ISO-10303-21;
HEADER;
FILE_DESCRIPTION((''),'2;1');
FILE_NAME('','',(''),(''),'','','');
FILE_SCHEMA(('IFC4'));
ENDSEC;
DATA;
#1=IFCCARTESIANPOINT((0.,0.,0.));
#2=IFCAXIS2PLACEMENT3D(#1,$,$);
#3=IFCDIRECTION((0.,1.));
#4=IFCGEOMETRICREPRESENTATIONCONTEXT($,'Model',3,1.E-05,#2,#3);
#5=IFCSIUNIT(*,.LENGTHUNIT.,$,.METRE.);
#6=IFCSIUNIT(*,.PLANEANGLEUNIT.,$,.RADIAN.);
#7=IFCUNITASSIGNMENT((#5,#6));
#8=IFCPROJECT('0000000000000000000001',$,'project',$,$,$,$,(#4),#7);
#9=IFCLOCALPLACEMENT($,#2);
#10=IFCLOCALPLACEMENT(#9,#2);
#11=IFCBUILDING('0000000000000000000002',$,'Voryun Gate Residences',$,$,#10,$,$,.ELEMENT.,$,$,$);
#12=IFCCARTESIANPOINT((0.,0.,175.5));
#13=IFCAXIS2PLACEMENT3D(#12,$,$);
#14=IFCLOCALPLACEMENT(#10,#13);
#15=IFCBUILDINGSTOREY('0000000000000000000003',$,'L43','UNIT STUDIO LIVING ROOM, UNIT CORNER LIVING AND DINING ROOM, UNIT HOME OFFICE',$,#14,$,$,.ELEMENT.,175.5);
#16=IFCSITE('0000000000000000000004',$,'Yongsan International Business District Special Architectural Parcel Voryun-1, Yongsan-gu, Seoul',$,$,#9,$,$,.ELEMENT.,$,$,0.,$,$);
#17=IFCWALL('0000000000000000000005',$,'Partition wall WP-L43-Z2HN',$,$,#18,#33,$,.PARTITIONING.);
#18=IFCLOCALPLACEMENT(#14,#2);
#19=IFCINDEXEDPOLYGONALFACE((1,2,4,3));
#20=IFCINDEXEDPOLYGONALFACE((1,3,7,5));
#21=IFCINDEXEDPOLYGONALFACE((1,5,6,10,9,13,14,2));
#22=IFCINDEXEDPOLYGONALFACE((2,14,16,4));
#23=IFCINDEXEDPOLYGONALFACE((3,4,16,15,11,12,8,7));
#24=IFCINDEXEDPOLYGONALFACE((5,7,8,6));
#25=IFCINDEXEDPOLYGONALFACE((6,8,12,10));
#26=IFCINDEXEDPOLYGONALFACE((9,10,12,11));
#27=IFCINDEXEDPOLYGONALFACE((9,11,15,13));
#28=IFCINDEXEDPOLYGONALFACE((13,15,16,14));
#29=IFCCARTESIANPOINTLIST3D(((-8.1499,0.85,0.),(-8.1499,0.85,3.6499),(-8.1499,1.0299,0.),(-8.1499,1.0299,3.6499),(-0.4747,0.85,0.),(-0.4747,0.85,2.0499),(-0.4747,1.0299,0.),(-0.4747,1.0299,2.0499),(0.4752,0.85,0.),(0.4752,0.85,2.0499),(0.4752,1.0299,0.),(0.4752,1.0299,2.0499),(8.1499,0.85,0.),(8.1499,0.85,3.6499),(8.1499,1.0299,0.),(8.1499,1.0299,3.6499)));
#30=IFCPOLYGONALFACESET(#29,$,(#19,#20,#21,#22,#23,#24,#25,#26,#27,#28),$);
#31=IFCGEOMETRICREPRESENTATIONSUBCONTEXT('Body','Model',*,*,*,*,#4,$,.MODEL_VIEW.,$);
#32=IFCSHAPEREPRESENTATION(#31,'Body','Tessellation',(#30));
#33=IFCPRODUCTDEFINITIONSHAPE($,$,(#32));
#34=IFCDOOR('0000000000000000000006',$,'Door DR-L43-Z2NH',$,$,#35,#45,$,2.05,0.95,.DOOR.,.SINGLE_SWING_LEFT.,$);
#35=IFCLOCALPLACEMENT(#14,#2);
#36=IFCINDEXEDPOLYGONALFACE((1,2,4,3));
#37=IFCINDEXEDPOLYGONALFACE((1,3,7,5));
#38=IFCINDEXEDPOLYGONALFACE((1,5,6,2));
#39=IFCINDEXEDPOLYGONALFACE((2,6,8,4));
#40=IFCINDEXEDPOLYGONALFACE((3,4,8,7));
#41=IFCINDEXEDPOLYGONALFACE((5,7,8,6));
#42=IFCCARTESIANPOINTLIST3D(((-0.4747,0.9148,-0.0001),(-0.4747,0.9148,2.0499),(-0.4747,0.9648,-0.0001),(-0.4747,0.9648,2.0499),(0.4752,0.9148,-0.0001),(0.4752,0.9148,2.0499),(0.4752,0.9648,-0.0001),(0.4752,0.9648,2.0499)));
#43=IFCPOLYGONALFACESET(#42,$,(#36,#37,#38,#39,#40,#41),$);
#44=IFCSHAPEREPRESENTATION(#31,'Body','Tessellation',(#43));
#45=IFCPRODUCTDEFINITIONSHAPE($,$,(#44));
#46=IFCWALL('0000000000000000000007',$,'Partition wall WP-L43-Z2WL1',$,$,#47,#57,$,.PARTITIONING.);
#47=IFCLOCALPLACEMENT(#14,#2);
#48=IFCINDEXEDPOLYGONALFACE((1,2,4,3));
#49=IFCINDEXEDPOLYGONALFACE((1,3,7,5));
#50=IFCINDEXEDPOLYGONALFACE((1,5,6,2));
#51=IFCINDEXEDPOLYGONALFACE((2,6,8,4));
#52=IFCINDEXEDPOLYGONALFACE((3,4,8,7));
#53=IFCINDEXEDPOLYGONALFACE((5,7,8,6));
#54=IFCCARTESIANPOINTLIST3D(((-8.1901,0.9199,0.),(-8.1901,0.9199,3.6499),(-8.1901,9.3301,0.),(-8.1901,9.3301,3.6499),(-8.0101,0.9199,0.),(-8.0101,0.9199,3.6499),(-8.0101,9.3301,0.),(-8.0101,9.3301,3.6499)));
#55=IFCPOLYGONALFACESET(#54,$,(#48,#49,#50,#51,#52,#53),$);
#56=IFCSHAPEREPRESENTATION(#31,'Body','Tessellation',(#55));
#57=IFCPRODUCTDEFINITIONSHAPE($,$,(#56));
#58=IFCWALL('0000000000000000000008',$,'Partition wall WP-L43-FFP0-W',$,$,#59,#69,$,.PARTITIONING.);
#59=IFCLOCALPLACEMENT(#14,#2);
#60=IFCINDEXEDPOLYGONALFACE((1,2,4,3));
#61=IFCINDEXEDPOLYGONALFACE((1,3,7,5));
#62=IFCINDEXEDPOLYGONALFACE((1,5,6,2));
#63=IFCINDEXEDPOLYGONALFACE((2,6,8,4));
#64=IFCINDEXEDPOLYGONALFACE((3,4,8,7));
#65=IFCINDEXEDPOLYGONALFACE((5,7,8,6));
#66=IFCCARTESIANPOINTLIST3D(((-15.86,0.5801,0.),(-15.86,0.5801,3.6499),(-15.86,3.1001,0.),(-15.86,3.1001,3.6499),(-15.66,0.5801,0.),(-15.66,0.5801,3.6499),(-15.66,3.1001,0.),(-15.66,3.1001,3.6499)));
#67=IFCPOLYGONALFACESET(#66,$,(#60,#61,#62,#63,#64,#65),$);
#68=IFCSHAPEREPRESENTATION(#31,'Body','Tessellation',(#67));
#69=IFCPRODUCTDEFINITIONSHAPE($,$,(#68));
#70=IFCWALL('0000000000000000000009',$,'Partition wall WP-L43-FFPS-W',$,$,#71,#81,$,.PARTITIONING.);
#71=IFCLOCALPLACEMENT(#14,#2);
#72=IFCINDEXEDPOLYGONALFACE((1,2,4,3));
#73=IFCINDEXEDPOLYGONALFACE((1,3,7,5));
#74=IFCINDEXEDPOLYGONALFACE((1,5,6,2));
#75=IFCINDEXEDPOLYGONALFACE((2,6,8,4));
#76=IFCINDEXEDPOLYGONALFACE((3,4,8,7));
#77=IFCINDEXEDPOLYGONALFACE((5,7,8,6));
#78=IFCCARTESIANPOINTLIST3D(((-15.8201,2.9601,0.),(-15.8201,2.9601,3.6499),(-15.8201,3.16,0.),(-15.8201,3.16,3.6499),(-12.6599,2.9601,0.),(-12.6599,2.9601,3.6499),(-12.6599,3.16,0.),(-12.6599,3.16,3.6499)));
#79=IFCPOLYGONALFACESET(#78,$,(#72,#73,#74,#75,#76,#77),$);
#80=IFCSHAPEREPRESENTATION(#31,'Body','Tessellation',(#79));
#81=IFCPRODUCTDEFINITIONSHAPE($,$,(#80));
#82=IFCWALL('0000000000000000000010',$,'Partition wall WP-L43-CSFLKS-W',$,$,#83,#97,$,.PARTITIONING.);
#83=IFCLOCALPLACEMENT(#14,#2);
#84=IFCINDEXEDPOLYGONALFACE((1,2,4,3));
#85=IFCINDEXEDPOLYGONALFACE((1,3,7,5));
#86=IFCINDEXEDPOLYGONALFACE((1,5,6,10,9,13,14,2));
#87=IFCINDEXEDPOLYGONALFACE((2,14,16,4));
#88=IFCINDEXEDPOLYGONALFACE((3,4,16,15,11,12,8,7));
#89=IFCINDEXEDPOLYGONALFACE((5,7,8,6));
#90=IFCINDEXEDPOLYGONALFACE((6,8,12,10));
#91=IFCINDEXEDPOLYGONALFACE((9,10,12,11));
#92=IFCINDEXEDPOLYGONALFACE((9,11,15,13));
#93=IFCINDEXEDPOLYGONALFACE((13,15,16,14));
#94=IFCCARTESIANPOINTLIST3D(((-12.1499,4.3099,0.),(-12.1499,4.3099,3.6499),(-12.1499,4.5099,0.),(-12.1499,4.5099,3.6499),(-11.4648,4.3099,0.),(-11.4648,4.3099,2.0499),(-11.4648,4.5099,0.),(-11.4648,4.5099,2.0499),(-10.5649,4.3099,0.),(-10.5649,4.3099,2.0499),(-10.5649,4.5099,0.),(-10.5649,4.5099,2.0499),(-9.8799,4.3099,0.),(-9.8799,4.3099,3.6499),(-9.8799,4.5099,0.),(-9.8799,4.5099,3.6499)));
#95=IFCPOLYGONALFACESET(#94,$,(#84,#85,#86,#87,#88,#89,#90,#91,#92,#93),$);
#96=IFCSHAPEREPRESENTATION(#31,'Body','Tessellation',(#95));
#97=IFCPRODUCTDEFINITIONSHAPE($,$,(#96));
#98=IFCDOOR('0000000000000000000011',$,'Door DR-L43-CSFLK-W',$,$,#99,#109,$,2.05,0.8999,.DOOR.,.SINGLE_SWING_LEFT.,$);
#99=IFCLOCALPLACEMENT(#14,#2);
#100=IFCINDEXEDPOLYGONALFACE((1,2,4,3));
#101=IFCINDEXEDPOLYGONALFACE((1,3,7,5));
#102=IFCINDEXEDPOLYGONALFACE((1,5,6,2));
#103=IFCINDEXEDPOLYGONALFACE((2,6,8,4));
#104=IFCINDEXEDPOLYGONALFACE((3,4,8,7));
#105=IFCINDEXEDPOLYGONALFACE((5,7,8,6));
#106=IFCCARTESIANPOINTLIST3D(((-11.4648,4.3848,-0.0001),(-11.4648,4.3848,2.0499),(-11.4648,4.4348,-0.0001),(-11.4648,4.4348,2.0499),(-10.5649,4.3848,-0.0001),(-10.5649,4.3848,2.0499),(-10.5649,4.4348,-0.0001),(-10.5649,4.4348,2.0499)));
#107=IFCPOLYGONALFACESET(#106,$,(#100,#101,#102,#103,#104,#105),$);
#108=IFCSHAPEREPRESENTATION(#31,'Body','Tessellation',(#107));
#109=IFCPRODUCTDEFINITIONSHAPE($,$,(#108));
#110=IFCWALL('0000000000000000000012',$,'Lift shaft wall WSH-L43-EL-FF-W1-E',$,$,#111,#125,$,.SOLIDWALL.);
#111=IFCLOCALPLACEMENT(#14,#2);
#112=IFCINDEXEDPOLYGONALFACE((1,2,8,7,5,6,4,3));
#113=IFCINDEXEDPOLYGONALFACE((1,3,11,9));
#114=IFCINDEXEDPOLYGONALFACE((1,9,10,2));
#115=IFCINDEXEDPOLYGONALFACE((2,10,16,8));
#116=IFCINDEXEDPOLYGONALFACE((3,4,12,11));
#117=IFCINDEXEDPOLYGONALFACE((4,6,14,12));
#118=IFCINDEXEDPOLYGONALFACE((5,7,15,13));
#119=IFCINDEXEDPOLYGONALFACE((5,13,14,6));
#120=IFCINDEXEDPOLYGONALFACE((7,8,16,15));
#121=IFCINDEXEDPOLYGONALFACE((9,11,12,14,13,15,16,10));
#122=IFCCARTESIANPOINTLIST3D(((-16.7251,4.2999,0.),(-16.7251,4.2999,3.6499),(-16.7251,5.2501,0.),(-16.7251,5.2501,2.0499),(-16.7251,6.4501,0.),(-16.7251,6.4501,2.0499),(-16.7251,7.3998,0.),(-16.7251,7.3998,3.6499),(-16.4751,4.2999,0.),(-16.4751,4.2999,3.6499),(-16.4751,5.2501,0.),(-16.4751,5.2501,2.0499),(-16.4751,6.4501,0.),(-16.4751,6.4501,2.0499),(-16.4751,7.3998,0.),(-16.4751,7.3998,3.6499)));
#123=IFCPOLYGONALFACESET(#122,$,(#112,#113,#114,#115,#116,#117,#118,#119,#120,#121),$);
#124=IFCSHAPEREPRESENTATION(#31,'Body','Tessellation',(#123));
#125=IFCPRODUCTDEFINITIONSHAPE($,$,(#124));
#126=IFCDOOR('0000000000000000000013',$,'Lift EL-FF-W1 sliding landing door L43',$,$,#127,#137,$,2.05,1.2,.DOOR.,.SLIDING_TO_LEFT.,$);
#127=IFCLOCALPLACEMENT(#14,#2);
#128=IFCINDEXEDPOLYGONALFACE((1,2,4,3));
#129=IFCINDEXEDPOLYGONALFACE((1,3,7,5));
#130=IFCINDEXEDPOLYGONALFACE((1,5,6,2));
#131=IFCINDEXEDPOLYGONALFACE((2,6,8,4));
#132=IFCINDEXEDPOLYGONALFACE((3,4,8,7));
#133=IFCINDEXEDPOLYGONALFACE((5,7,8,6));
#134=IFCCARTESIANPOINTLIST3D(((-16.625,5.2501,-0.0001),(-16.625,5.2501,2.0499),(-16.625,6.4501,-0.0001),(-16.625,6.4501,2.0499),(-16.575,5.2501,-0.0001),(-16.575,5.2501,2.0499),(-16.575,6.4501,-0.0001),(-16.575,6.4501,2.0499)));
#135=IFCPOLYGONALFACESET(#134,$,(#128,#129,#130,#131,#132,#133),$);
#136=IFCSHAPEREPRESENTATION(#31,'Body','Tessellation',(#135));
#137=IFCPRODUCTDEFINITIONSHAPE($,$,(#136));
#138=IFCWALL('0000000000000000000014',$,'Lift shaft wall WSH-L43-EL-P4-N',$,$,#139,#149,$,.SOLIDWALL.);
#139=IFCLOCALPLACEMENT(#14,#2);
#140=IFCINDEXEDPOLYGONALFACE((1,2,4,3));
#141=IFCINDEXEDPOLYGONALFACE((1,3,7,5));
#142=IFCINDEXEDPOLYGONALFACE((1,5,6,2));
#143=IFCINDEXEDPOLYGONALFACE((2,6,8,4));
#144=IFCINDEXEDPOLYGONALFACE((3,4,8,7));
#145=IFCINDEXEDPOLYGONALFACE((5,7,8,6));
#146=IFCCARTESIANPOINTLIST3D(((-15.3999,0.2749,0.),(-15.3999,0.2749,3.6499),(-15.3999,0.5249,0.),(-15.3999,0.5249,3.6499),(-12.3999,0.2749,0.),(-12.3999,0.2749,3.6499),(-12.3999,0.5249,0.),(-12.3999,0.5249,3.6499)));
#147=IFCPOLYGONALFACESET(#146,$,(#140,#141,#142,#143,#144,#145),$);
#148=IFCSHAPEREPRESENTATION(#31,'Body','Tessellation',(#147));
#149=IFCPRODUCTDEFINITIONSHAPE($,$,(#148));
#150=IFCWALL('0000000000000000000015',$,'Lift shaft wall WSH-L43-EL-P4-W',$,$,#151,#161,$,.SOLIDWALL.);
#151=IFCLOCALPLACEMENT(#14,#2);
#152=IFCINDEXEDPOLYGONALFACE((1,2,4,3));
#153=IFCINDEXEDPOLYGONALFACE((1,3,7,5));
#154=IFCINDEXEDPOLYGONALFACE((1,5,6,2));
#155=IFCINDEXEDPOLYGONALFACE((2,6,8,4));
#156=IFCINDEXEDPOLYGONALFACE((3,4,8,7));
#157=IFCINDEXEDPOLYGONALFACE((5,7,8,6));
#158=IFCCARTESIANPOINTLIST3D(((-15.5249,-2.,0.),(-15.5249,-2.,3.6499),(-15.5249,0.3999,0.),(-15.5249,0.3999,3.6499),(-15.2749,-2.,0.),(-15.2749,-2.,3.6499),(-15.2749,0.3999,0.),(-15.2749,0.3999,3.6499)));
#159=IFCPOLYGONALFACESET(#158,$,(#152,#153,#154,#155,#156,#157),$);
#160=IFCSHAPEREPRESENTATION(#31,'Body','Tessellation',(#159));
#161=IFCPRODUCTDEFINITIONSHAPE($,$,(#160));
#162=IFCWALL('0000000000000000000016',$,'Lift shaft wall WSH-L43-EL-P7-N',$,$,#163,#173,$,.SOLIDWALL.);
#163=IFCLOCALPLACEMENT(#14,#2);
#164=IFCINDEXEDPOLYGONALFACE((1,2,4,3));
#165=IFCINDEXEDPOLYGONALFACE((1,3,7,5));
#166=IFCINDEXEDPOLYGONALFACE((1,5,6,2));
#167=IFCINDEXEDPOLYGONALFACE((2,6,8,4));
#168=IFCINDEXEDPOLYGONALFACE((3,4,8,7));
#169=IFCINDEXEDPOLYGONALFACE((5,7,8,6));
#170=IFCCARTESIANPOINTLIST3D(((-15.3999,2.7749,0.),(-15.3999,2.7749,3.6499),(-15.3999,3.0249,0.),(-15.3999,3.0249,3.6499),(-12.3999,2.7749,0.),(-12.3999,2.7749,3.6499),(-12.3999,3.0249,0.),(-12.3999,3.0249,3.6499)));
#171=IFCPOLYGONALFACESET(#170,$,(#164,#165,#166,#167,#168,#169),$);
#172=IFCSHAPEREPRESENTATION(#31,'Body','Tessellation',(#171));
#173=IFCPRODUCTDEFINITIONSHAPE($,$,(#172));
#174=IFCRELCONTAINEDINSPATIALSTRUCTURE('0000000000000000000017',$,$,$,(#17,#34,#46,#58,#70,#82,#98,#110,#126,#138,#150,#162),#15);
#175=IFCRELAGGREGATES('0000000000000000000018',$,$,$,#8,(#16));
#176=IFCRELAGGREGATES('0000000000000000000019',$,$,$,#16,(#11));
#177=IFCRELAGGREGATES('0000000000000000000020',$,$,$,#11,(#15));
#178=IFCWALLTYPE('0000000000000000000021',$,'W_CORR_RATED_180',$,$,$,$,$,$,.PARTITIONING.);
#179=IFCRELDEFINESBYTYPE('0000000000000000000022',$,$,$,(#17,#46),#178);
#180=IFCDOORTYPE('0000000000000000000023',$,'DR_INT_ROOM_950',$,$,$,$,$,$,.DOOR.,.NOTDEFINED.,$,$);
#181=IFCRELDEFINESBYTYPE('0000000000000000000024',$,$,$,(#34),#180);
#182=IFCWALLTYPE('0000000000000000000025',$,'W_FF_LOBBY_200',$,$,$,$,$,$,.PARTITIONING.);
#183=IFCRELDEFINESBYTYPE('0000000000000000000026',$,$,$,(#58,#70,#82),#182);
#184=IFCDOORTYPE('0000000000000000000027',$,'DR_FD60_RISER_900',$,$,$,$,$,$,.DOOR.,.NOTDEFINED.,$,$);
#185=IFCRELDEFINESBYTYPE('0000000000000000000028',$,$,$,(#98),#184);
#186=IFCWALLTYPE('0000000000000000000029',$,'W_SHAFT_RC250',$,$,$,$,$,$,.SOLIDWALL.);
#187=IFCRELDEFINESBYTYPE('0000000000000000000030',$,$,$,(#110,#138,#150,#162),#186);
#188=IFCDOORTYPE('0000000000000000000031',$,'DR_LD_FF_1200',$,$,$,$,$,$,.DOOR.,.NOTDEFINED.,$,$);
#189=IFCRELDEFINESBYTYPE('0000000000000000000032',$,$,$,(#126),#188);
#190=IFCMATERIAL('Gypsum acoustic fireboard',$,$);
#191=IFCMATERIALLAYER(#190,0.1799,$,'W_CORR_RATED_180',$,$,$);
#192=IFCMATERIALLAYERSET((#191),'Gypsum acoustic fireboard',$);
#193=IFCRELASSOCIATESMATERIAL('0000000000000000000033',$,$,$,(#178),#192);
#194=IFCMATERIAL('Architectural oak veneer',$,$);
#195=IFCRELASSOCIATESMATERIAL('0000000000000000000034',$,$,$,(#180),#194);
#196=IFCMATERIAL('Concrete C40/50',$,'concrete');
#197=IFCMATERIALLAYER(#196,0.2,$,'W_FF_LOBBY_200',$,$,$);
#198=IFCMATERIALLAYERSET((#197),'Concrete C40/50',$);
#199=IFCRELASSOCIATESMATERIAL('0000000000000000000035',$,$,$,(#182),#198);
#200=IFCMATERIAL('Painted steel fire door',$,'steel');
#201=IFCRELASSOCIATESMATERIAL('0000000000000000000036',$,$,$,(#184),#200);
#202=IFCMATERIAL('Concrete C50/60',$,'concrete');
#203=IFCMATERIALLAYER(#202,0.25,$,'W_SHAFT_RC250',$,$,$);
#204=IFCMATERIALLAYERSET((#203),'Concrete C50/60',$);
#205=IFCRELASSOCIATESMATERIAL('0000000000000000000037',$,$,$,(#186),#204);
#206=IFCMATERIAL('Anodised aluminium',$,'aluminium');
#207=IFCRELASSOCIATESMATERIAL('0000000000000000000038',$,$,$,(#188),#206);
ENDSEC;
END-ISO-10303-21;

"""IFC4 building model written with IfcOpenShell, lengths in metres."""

from ifc_helpers import new_model, si_unit, direction, frame, frame_2d, origin, place, context, subcontext, project, spatial, rectangle, extrude, material, layer, layer_set, type_object, element, fill, save


model = new_model("IFC4")

# Units and contexts
model_context = context("Model", 3, precision=1e-05, world=origin(), true_north=direction((0.0, 1.0)))
body_context = subcontext(model_context, "Body", "Model", "MODEL_VIEW")
ifc_project = project(units=[si_unit("LENGTHUNIT", "METRE"), si_unit("PLANEANGLEUNIT", "RADIAN")], contexts=[model_context])

# Site, building, storey
site_placement = place(None, origin())
site = spatial("IfcSite", under=ifc_project, at=site_placement, Name="Yongsan International Business District Special Architectural Parcel Voryun-1, Yongsan-gu, Seoul", CompositionType="ELEMENT", RefElevation=0.0)
building_placement = place(site_placement, origin())
building = spatial("IfcBuilding", under=site, at=building_placement, Name="Voryun Gate Residences", CompositionType="ELEMENT")
storey_placement = place(building_placement, frame((0.0, 0.0, 175.5)))
storey = spatial("IfcBuildingStorey", under=building, at=storey_placement, Name="L43", Description="UNIT STUDIO LIVING ROOM, UNIT CORNER LIVING AND DINING ROOM, UNIT HOME OFFICE", CompositionType="ELEMENT", Elevation=175.5)

# Shared definitions
ifc_material_1 = material(Name="Gypsum acoustic fireboard")
ifc_layer_1 = layer(ifc_material_1, 0.1799, Name="W_CORR_RATED_180")
ifc_layer_set_1 = layer_set([ifc_layer_1], Name="Gypsum acoustic fireboard")
wall_type_1 = type_object("IfcWallType", Name="W_CORR_RATED_180", PredefinedType="PARTITIONING", material=ifc_layer_set_1)

# Wall, opening, door
wall_1_placement = place(storey_placement, frame((-8.1499, 0.9399, 0.0), z_axis=(0.0, 0.0, 1.0), x_axis=(1.0, 0.0, 0.0)))
wall_1 = element("IfcWall", 1, at=wall_1_placement, inside=storey, type_object=wall_type_1, Name="Partition wall WP-L43-Z2HN", PredefinedType="PARTITIONING", context=body_context, shape_type="SweptSolid", body=[
    extrude(rectangle(XDim=16.2998, YDim=0.1799, at=frame_2d((8.1499, 0.0))), origin(), (0.0, 0.0, 1.0), 3.6499),
])
opening_1_placement = place(wall_1_placement, frame((7.675, 0.0, 0.0)))
opening_1 = element("IfcOpeningElement", 2, at=opening_1_placement, cuts=wall_1, PredefinedType="OPENING", context=body_context, shape_type="SweptSolid", body=[
    extrude(rectangle(XDim=0.95, YDim=2.05, at=frame_2d((0.4751, 1.0249))), frame((0.0, 0.0999, 0.0), z_axis=(0.0, -1.0, 0.0), x_axis=(1.0, 0.0, 0.0)), (0.0, 0.0, 1.0), 0.2),
])
ifc_material_2 = material(Name="Architectural oak veneer")
door_type_1 = type_object("IfcDoorType", Name="DR_INT_ROOM_950", OperationType="NOTDEFINED", PredefinedType="DOOR", material=ifc_material_2)
door_1_placement = place(opening_1_placement, origin())
door_1 = element("IfcDoor", 3, at=door_1_placement, inside=storey, type_object=door_type_1, Name="Door DR-L43-Z2NH", OperationType="SINGLE_SWING_LEFT", OverallHeight=2.05, OverallWidth=0.95, PredefinedType="DOOR", context=body_context, shape_type="SweptSolid", body=[
    extrude(rectangle(XDim=0.95, YDim=2.05, at=frame_2d((0.4751, 1.0249))), frame((0.0, 0.0249, 0.0), z_axis=(0.0, -1.0, 0.0), x_axis=(1.0, 0.0, 0.0)), (0.0, 0.0, 1.0), 0.05),
])
fill(opening_1, door_1)

# Walls
wall_2_placement = place(storey_placement, frame((-8.1001, 0.9199, 0.0), z_axis=(0.0, 0.0, 1.0), x_axis=(0.0, 1.0, 0.0)))
element("IfcWall", 4, at=wall_2_placement, inside=storey, type_object=wall_type_1, Name="Partition wall WP-L43-Z2WL1", PredefinedType="PARTITIONING", context=body_context, shape_type="SweptSolid", body=[
    extrude(rectangle(XDim=8.4102, YDim=0.1799, at=frame_2d((4.2051, 0.0))), origin(), (0.0, 0.0, 1.0), 3.6499),
])
ifc_material_3 = material(Name="Concrete C40/50", Category="concrete")
ifc_layer_2 = layer(ifc_material_3, 0.2, Name="W_FF_LOBBY_200")
ifc_layer_set_2 = layer_set([ifc_layer_2], Name="Concrete C40/50")
wall_type_2 = type_object("IfcWallType", Name="W_FF_LOBBY_200", PredefinedType="PARTITIONING", material=ifc_layer_set_2)
wall_3_placement = place(storey_placement, frame((-15.76, 0.5801, 0.0), z_axis=(0.0, 0.0, 1.0), x_axis=(0.0, 1.0, 0.0)))
element("IfcWall", 5, at=wall_3_placement, inside=storey, type_object=wall_type_2, Name="Partition wall WP-L43-FFP0-W", PredefinedType="PARTITIONING", context=body_context, shape_type="SweptSolid", body=[
    extrude(rectangle(XDim=2.52, YDim=0.2, at=frame_2d((1.26, 0.0))), origin(), (0.0, 0.0, 1.0), 3.6499),
])
wall_4_placement = place(storey_placement, frame((-15.8201, 3.0601, 0.0), z_axis=(0.0, 0.0, 1.0), x_axis=(1.0, 0.0, 0.0)))
element("IfcWall", 6, at=wall_4_placement, inside=storey, type_object=wall_type_2, Name="Partition wall WP-L43-FFPS-W", PredefinedType="PARTITIONING", context=body_context, shape_type="SweptSolid", body=[
    extrude(rectangle(XDim=3.1602, YDim=0.2, at=frame_2d((1.5801, 0.0))), origin(), (0.0, 0.0, 1.0), 3.6499),
])

# Walls, openings, doors
wall_5_placement = place(storey_placement, frame((-12.1499, 4.4099, 0.0), z_axis=(0.0, 0.0, 1.0), x_axis=(1.0, 0.0, 0.0)))
wall_5 = element("IfcWall", 7, at=wall_5_placement, inside=storey, type_object=wall_type_2, Name="Partition wall WP-L43-CSFLKS-W", PredefinedType="PARTITIONING", context=body_context, shape_type="SweptSolid", body=[
    extrude(rectangle(XDim=2.27, YDim=0.2, at=frame_2d((1.135, 0.0))), origin(), (0.0, 0.0, 1.0), 3.6499),
])
opening_2_placement = place(wall_5_placement, frame((0.6851, 0.0, 0.0)))
opening_2 = element("IfcOpeningElement", 8, at=opening_2_placement, cuts=wall_5, PredefinedType="OPENING", context=body_context, shape_type="SweptSolid", body=[
    extrude(rectangle(XDim=0.8999, YDim=2.05, at=frame_2d((0.45, 1.0249))), frame((0.0, 0.1101, 0.0), z_axis=(0.0, -1.0, 0.0), x_axis=(1.0, 0.0, 0.0)), (0.0, 0.0, 1.0), 0.22),
])
ifc_material_4 = material(Name="Painted steel fire door", Category="steel")
door_type_2 = type_object("IfcDoorType", Name="DR_FD60_RISER_900", OperationType="NOTDEFINED", PredefinedType="DOOR", material=ifc_material_4)
door_2_placement = place(opening_2_placement, origin())
door_2 = element("IfcDoor", 9, at=door_2_placement, inside=storey, type_object=door_type_2, Name="Door DR-L43-CSFLK-W", OperationType="SINGLE_SWING_LEFT", OverallHeight=2.05, OverallWidth=0.8999, PredefinedType="DOOR", context=body_context, shape_type="SweptSolid", body=[
    extrude(rectangle(XDim=0.8999, YDim=2.05, at=frame_2d((0.45, 1.0249))), frame((0.0, 0.0249, 0.0), z_axis=(0.0, -1.0, 0.0), x_axis=(1.0, 0.0, 0.0)), (0.0, 0.0, 1.0), 0.05),
])
fill(opening_2, door_2)
ifc_material_5 = material(Name="Concrete C50/60", Category="concrete")
ifc_layer_3 = layer(ifc_material_5, 0.25, Name="W_SHAFT_RC250")
ifc_layer_set_3 = layer_set([ifc_layer_3], Name="Concrete C50/60")
wall_type_3 = type_object("IfcWallType", Name="W_SHAFT_RC250", PredefinedType="SOLIDWALL", material=ifc_layer_set_3)
wall_6_placement = place(storey_placement, frame((-16.6001, 4.3, 0.0), z_axis=(0.0, 0.0, 1.0), x_axis=(0.0, 1.0, 0.0)))
wall_6 = element("IfcWall", 10, at=wall_6_placement, inside=storey, type_object=wall_type_3, Name="Lift shaft wall WSH-L43-EL-FF-W1-E", PredefinedType="SOLIDWALL", context=body_context, shape_type="SweptSolid", body=[
    extrude(rectangle(XDim=3.0999, YDim=0.25, at=frame_2d((1.5498, 0.0))), origin(), (0.0, 0.0, 1.0), 3.6499),
])
opening_3_placement = place(wall_6_placement, frame((0.95, 0.0, 0.0)))
opening_3 = element("IfcOpeningElement", 11, at=opening_3_placement, cuts=wall_6, PredefinedType="OPENING", context=body_context, shape_type="SweptSolid", body=[
    extrude(rectangle(XDim=1.2, YDim=2.05, at=frame_2d((0.6001, 1.0249))), frame((0.0, 0.135, 0.0), z_axis=(0.0, -1.0, 0.0), x_axis=(1.0, 0.0, 0.0)), (0.0, 0.0, 1.0), 0.27),
])
ifc_material_6 = material(Name="Anodised aluminium", Category="aluminium")
door_type_3 = type_object("IfcDoorType", Name="DR_LD_FF_1200", OperationType="NOTDEFINED", PredefinedType="DOOR", material=ifc_material_6)
door_3_placement = place(opening_3_placement, origin())
door_3 = element("IfcDoor", 12, at=door_3_placement, inside=storey, type_object=door_type_3, Name="Lift EL-FF-W1 sliding landing door L43", OperationType="SLIDING_TO_LEFT", OverallHeight=2.05, OverallWidth=1.2, PredefinedType="DOOR", context=body_context, shape_type="SweptSolid", body=[
    extrude(rectangle(XDim=1.2, YDim=2.05, at=frame_2d((0.6001, 1.0249))), frame((0.0, 0.0249, 0.0), z_axis=(0.0, -1.0, 0.0), x_axis=(1.0, 0.0, 0.0)), (0.0, 0.0, 1.0), 0.05),
])
fill(opening_3, door_3)

# Walls
wall_7_placement = place(storey_placement, frame((-12.3999, 0.3999, 0.0), z_axis=(0.0, 0.0, 1.0), x_axis=(-1.0, 0.0, 0.0)))
element("IfcWall", 13, at=wall_7_placement, inside=storey, type_object=wall_type_3, Name="Lift shaft wall WSH-L43-EL-P4-N", PredefinedType="SOLIDWALL", context=body_context, shape_type="SweptSolid", body=[
    extrude(rectangle(XDim=3.0, YDim=0.25, at=frame_2d((1.5, 0.0))), origin(), (0.0, 0.0, 1.0), 3.6499),
])
wall_8_placement = place(storey_placement, frame((-15.3999, 0.3999, 0.0), z_axis=(0.0, 0.0, 1.0), x_axis=(0.0, -1.0, 0.0)))
element("IfcWall", 14, at=wall_8_placement, inside=storey, type_object=wall_type_3, Name="Lift shaft wall WSH-L43-EL-P4-W", PredefinedType="SOLIDWALL", context=body_context, shape_type="SweptSolid", body=[
    extrude(rectangle(XDim=2.3999, YDim=0.25, at=frame_2d((1.2, 0.0))), origin(), (0.0, 0.0, 1.0), 3.6499),
])
wall_9_placement = place(storey_placement, frame((-12.3999, 2.8999, 0.0), z_axis=(0.0, 0.0, 1.0), x_axis=(-1.0, 0.0, 0.0)))
element("IfcWall", 15, at=wall_9_placement, inside=storey, type_object=wall_type_3, Name="Lift shaft wall WSH-L43-EL-P7-N", PredefinedType="SOLIDWALL", context=body_context, shape_type="SweptSolid", body=[
    extrude(rectangle(XDim=3.0, YDim=0.25, at=frame_2d((1.5, 0.0))), origin(), (0.0, 0.0, 1.0), 3.6499),
])

save(model, "model.ifc")
